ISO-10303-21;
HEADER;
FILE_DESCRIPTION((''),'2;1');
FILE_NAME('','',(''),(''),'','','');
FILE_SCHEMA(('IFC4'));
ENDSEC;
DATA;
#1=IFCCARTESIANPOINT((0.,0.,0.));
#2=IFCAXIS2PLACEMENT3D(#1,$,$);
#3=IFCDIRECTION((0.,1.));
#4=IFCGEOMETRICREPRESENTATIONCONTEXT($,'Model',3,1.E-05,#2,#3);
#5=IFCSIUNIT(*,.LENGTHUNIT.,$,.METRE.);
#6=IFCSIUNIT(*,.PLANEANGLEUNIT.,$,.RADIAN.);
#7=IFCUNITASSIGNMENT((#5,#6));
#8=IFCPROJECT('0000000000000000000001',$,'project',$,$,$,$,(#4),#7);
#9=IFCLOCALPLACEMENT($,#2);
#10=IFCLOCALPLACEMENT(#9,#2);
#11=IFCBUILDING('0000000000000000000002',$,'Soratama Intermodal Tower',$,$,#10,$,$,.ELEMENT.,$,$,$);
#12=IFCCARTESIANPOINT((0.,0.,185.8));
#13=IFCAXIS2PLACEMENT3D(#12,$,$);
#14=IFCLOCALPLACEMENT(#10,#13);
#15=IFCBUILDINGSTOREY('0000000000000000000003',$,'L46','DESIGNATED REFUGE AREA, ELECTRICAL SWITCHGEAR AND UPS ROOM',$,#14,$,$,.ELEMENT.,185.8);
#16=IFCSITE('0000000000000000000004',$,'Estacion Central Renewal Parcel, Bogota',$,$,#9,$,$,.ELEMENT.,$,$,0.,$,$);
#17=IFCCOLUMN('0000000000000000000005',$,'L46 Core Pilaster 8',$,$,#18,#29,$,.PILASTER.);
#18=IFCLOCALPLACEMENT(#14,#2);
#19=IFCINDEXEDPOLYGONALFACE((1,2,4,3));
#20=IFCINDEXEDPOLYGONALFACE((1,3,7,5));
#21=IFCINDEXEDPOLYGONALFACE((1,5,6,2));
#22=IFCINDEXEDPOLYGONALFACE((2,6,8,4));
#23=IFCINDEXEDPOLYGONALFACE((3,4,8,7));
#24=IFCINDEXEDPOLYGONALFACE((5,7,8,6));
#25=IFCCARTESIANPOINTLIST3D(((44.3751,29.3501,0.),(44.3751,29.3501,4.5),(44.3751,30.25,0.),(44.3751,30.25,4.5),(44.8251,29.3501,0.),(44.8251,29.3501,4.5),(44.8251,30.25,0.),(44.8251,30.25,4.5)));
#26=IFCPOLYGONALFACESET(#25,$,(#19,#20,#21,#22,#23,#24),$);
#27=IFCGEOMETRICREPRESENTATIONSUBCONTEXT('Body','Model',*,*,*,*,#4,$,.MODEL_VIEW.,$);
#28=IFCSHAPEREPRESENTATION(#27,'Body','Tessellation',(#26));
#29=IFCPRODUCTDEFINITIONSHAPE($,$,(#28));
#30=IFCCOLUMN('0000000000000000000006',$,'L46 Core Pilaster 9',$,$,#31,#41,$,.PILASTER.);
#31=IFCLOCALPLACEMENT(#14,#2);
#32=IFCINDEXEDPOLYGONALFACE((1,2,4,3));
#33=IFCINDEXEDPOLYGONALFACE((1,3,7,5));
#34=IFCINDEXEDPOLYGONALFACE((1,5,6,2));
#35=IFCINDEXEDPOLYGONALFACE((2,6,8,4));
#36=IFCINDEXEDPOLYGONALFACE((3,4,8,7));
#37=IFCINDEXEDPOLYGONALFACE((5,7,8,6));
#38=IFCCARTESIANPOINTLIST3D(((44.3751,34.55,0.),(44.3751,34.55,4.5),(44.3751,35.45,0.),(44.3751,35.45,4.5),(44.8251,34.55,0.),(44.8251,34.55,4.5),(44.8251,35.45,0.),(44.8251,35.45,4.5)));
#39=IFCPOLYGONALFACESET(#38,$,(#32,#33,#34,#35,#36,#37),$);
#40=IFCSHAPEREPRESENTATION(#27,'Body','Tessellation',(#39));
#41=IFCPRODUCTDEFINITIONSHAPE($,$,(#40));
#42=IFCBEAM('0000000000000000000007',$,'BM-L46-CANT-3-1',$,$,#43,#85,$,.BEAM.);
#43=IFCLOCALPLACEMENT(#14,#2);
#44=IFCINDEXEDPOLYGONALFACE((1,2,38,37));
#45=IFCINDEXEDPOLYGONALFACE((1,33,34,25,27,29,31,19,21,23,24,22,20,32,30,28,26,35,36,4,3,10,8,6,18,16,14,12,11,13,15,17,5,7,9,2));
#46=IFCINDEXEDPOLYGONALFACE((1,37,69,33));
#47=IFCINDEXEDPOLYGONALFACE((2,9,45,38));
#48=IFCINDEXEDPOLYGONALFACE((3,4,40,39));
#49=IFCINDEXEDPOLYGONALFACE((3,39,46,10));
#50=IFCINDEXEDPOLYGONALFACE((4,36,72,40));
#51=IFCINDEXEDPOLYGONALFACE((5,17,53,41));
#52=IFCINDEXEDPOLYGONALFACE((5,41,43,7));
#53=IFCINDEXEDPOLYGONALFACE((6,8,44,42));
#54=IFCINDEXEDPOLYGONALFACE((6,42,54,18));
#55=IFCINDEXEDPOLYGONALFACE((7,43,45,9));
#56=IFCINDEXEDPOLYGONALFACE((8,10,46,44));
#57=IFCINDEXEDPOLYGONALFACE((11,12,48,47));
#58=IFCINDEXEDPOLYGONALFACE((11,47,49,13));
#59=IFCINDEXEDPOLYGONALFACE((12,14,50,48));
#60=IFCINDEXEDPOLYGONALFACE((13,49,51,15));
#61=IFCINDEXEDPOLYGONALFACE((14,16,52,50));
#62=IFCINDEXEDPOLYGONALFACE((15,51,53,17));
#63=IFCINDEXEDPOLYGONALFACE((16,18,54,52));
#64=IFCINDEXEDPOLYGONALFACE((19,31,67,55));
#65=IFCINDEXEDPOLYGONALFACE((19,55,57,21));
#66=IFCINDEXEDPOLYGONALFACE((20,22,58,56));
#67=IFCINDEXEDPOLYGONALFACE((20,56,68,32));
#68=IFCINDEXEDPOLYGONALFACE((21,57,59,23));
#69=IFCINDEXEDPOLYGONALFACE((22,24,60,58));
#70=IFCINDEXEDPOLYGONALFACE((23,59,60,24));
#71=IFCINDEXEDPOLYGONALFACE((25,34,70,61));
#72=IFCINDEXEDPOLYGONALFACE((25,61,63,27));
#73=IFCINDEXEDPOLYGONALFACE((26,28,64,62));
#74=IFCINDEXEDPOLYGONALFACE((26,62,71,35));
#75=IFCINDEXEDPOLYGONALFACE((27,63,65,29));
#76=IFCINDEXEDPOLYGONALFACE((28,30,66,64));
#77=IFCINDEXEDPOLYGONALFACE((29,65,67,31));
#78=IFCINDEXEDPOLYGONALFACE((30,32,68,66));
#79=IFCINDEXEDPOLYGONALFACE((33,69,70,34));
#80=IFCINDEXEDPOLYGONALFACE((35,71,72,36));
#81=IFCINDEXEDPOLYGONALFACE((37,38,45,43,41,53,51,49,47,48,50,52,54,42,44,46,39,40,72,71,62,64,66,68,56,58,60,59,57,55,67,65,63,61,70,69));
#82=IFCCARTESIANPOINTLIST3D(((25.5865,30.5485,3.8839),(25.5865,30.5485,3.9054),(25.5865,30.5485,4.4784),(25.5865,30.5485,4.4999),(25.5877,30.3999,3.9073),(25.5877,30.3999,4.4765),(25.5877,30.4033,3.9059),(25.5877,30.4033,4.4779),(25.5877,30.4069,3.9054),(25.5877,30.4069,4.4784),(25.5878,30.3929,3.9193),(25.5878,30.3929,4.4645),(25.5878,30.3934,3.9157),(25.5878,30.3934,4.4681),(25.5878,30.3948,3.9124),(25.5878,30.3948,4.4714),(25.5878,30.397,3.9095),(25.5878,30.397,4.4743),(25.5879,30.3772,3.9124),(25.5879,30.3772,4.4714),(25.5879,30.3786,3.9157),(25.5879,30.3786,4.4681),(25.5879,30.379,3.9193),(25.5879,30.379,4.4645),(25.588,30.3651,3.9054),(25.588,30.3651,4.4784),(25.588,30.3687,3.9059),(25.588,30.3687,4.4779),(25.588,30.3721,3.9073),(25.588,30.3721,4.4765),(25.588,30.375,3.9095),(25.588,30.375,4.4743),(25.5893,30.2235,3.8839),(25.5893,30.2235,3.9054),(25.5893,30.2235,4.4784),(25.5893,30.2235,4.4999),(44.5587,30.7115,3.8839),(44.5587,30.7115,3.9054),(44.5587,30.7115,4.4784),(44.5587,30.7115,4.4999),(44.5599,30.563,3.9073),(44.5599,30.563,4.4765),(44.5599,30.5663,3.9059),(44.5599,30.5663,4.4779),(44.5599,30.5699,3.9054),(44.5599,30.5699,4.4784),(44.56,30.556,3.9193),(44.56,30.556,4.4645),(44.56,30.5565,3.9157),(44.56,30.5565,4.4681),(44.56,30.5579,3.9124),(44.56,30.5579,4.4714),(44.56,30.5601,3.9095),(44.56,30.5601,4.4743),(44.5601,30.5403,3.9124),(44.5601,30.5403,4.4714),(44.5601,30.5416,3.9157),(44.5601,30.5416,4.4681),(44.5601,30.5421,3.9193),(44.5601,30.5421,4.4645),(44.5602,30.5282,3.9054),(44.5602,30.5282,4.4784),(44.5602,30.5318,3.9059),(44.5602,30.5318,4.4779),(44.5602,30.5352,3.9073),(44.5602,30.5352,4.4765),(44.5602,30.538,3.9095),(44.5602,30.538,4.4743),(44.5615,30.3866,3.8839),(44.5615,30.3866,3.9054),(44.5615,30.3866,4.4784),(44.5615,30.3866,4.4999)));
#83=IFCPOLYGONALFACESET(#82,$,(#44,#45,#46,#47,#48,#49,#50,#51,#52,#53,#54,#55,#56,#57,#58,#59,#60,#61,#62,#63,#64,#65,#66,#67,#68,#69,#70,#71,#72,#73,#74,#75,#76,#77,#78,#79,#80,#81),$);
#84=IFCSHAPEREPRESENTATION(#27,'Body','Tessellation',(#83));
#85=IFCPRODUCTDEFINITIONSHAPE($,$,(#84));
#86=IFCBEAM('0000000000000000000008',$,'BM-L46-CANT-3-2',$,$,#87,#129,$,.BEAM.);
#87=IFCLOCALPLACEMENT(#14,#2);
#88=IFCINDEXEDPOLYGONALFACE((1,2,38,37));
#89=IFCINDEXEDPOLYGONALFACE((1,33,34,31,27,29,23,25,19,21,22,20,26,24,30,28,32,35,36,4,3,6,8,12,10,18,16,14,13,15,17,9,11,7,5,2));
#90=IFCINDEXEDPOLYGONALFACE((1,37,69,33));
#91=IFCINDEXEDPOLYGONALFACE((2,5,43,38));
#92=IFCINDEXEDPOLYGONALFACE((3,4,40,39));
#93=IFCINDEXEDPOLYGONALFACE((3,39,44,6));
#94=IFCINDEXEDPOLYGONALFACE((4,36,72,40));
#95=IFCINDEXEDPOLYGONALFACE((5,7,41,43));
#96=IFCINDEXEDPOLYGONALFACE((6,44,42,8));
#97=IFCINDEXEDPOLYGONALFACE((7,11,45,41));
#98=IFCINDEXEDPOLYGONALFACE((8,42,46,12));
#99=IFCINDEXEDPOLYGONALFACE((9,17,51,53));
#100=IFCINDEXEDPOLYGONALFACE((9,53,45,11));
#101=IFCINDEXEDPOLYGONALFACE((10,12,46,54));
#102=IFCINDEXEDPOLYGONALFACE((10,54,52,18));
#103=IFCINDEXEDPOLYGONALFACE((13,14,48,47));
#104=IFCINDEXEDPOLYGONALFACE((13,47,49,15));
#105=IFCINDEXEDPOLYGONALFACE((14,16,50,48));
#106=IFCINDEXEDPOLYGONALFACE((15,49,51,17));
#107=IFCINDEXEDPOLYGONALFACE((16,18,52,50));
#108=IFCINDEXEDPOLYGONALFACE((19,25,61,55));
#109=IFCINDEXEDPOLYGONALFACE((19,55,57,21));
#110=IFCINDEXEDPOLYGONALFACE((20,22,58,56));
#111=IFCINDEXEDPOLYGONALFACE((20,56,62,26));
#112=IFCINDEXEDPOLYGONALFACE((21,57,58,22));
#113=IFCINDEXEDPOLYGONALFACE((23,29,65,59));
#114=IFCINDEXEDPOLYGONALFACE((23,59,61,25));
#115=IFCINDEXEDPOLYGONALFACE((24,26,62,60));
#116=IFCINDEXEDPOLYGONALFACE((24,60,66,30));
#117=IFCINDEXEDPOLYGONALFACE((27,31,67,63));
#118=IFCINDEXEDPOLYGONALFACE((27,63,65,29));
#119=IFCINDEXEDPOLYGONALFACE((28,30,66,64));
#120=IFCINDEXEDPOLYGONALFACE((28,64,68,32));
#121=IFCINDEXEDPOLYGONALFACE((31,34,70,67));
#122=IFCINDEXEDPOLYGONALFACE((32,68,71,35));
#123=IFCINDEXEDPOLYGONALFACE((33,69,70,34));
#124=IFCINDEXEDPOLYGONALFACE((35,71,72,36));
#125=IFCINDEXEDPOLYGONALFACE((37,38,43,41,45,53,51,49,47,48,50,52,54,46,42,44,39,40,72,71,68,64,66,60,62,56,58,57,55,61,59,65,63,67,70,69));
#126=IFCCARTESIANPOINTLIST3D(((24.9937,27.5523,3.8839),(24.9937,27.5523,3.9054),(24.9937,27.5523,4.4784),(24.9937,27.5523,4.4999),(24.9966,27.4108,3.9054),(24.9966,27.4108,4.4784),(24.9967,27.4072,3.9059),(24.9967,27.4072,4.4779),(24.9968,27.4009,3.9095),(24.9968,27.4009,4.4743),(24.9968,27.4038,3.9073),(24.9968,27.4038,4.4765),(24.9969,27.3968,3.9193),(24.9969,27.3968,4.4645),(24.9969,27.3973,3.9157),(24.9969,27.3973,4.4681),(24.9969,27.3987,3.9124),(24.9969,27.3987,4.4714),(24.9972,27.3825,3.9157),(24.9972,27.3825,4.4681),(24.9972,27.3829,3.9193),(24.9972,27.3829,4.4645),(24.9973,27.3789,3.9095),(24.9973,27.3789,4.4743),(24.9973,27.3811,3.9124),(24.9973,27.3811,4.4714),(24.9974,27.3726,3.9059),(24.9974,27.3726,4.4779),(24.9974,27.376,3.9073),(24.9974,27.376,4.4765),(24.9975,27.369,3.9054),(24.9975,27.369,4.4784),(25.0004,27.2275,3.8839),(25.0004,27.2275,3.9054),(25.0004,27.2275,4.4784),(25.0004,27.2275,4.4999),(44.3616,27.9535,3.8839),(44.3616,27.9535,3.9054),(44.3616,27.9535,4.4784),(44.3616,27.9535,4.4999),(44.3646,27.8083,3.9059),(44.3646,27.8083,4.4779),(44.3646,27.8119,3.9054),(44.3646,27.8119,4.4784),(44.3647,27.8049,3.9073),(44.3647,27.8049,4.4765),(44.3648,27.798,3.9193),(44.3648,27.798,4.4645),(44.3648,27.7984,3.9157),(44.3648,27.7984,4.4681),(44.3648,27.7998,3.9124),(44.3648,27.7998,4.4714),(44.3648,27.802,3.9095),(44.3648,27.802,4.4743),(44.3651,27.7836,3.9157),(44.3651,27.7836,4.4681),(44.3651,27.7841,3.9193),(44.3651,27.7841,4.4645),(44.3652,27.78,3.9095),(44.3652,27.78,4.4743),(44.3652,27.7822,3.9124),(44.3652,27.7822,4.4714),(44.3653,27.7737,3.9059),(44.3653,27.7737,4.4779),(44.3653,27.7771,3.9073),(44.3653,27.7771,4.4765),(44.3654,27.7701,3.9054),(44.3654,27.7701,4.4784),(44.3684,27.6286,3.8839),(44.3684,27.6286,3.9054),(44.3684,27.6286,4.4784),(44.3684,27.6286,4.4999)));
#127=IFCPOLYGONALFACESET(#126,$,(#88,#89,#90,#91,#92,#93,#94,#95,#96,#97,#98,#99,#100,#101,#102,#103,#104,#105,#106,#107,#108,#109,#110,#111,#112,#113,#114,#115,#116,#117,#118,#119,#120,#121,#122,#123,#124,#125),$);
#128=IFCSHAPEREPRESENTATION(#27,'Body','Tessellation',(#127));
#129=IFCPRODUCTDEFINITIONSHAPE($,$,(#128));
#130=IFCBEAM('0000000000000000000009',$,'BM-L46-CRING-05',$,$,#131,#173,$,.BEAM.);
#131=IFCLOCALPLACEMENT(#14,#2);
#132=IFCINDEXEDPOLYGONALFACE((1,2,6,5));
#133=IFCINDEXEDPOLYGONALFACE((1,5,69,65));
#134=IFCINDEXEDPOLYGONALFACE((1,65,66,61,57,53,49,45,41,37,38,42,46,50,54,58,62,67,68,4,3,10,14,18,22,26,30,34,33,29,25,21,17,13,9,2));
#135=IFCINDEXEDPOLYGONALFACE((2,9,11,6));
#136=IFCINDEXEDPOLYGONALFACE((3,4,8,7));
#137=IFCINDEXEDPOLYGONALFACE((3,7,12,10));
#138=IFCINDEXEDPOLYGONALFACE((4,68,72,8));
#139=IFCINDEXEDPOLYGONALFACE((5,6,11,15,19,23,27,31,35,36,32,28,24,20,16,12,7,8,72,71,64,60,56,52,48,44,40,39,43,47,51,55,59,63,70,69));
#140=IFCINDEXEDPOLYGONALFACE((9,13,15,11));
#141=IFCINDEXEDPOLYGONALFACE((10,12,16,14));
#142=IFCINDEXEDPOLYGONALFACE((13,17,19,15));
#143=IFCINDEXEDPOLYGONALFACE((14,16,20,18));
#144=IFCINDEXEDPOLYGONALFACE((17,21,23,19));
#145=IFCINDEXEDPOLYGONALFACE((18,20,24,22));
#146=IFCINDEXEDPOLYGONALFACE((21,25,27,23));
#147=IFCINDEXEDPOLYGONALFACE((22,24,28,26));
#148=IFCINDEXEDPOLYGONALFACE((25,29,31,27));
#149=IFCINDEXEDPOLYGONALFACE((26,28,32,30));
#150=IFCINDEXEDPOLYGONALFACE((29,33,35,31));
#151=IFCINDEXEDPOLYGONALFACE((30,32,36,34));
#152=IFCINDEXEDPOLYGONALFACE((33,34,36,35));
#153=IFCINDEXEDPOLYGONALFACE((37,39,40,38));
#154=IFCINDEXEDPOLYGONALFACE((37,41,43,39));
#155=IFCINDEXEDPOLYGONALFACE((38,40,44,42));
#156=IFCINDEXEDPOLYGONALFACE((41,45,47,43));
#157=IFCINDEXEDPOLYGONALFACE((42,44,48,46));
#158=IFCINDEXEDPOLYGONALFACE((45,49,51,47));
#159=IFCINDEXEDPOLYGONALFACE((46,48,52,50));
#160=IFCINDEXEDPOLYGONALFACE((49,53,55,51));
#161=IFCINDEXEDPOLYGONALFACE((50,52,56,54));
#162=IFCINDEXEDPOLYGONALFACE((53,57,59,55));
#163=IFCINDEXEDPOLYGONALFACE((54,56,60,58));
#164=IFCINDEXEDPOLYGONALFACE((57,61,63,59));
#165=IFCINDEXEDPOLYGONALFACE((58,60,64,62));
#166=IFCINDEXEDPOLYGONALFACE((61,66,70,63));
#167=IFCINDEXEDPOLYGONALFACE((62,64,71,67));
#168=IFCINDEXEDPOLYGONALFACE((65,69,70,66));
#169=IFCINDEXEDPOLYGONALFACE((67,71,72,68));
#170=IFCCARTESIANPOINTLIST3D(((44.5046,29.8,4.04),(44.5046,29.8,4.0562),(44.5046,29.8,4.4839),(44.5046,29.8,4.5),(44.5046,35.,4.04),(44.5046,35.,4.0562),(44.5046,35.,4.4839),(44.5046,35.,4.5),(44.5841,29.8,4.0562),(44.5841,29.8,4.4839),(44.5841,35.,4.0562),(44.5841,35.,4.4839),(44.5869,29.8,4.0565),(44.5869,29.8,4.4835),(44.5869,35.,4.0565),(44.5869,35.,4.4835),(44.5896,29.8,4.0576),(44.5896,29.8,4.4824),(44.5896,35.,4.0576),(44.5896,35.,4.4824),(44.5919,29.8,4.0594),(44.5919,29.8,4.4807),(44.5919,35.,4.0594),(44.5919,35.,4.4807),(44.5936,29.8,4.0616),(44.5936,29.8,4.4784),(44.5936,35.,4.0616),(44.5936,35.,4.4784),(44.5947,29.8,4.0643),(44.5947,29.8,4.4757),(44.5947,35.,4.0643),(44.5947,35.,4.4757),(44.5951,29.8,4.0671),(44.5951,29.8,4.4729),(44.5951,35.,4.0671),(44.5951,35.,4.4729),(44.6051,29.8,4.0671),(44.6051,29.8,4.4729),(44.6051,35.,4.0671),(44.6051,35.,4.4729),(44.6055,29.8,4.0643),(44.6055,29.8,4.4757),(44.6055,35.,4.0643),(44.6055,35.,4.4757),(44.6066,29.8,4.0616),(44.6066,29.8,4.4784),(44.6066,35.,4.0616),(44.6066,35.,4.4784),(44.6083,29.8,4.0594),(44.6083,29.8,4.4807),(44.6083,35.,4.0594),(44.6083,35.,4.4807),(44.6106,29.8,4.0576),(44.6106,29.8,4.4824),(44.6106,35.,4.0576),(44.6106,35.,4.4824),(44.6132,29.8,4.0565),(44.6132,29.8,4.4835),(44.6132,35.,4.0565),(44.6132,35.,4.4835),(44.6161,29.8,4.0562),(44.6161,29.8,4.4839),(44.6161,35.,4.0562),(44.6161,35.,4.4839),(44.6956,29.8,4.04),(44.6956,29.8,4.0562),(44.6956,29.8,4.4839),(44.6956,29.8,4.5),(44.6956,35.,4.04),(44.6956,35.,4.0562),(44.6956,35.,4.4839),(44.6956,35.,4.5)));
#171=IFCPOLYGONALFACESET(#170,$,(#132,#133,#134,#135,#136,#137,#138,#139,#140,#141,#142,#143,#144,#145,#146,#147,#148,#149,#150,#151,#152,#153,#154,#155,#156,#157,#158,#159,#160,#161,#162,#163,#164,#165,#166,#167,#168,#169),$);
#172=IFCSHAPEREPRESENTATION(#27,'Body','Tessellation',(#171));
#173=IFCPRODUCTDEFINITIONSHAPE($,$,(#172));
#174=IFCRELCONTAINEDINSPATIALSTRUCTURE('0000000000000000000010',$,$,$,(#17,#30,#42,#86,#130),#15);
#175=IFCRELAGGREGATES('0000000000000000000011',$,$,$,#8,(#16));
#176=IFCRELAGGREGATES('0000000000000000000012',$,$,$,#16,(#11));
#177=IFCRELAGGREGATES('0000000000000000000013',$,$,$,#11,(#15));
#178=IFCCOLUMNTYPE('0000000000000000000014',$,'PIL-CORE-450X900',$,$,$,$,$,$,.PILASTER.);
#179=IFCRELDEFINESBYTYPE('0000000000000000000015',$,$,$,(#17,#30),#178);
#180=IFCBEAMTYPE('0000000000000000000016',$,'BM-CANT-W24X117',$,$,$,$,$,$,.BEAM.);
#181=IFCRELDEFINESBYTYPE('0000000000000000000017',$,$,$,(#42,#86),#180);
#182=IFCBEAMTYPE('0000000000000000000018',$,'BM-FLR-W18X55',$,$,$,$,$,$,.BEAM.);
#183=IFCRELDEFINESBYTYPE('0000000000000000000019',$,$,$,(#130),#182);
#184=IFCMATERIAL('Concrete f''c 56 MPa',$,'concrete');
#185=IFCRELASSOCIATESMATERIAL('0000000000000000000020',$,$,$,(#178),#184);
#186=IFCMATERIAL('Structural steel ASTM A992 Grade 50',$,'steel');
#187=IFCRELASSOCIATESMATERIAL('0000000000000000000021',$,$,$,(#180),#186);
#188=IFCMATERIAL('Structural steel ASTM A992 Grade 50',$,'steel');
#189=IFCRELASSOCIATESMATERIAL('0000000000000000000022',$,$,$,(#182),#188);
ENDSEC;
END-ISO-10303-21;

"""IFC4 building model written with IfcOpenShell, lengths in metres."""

from ifc_helpers import new_model, si_unit, direction, frame, origin, origin_2d, place, context, subcontext, project, spatial, rectangle, i_section, extrude, material, material_profile, profile_set, type_object, element, save


model = new_model("IFC4")

# Units and contexts
model_context = context("Model", 3, precision=1e-05, world=origin(), true_north=direction((0.0, 1.0)))
body_context = subcontext(model_context, "Body", "Model", "MODEL_VIEW")
ifc_project = project(units=[si_unit("LENGTHUNIT", "METRE"), si_unit("PLANEANGLEUNIT", "RADIAN")], contexts=[model_context])

# Site, building, storey
site_placement = place(None, origin())
site = spatial("IfcSite", under=ifc_project, at=site_placement, Name="Estacion Central Renewal Parcel, Bogota", CompositionType="ELEMENT", RefElevation=0.0)
building_placement = place(site_placement, origin())
building = spatial("IfcBuilding", under=site, at=building_placement, Name="Soratama Intermodal Tower", CompositionType="ELEMENT")
storey_placement = place(building_placement, frame((0.0, 0.0, 185.8)))
storey = spatial("IfcBuildingStorey", under=building, at=storey_placement, Name="L46", Description="DESIGNATED REFUGE AREA, ELECTRICAL SWITCHGEAR AND UPS ROOM", CompositionType="ELEMENT", Elevation=185.8)

# Columns
ifc_material_1 = material(Name="Concrete f'c 56 MPa", Category="concrete")
ifc_material_profile_1 = material_profile(ifc_material_1, rectangle(XDim=0.45, YDim=0.8999, at=origin_2d()), Name="RC450X900")
ifc_profile_set_1 = profile_set([ifc_material_profile_1], Name="Concrete f'c 56 MPa")
column_type = type_object("IfcColumnType", Name="PIL-CORE-450X900", PredefinedType="PILASTER", material=ifc_profile_set_1)
for number, where, z_axis, x_axis, name in (
    (1, (44.6001, 29.8, 0.0), (0.0, 0.0, 1.0), (1.0, 0.0, 0.0), "L46 Core Pilaster 8"),
    (2, (44.6001, 35.0, 0.0), (0.0, 0.0, 1.0), (1.0, 0.0, 0.0), "L46 Core Pilaster 9"),
):
    element("IfcColumn", number, at=place(storey_placement, frame(where, z_axis=z_axis, x_axis=x_axis)), inside=storey, type_object=column_type, Name=name, PredefinedType="PILASTER", context=body_context, shape_type="SweptSolid", body=[
        extrude(rectangle(XDim=0.45, YDim=0.8999, at=origin_2d()), origin(), (0.0, 0.0, 1.0), 4.5),
    ])

# Beams
ifc_material_2 = material(Name="Structural steel ASTM A992 Grade 50", Category="steel")
ifc_material_profile_2 = material_profile(ifc_material_2, i_section(OverallWidth=0.325, OverallDepth=0.616, WebThickness=0.0139, FlangeThickness=0.0215, FilletRadius=0.0139, at=origin_2d()), Name="W24X117")
ifc_profile_set_2 = profile_set([ifc_material_profile_2], Name="Structural steel ASTM A992 Grade 50")
beam_type_1 = type_object("IfcBeamType", Name="BM-CANT-W24X117", PredefinedType="BEAM", material=ifc_profile_set_2)
beam_1_placement = place(storey_placement, frame((44.5601, 30.5491, 4.1919), z_axis=(-0.999963, -0.008596, 0.0), x_axis=(0.008596, -0.999963, 0.0)))
element("IfcBeam", 3, at=beam_1_placement, inside=storey, type_object=beam_type_1, Name="BM-L46-CANT-3-1", PredefinedType="BEAM", context=body_context, shape_type="SweptSolid", body=[
    extrude(i_section(OverallWidth=0.325, OverallDepth=0.616, WebThickness=0.0139, FlangeThickness=0.0215, FilletRadius=0.0139, at=origin_2d()), origin(), (0.0, 0.0, 1.0), 18.9729),
])
beam_2_placement = place(storey_placement, frame((44.365, 27.791, 4.1919), z_axis=(-0.999786, -0.020706, 0.0), x_axis=(0.020706, -0.999786, 0.0)))
element("IfcBeam", 4, at=beam_2_placement, inside=storey, type_object=beam_type_1, Name="BM-L46-CANT-3-2", PredefinedType="BEAM", context=body_context, shape_type="SweptSolid", body=[
    extrude(i_section(OverallWidth=0.325, OverallDepth=0.616, WebThickness=0.0139, FlangeThickness=0.0215, FilletRadius=0.0139, at=origin_2d()), origin(), (0.0, 0.0, 1.0), 19.3721),
])
ifc_material_3 = material(Name="Structural steel ASTM A992 Grade 50", Category="steel")
ifc_material_profile_3 = material_profile(ifc_material_3, i_section(OverallWidth=0.1909, OverallDepth=0.46, WebThickness=0.01, FlangeThickness=0.0161, FilletRadius=0.011, at=origin_2d()), Name="W18X55")
ifc_profile_set_3 = profile_set([ifc_material_profile_3], Name="Structural steel ASTM A992 Grade 50")
beam_type_2 = type_object("IfcBeamType", Name="BM-FLR-W18X55", PredefinedType="BEAM", material=ifc_profile_set_3)
beam_3_placement = place(storey_placement, frame((44.6001, 29.8, 4.27), z_axis=(0.0, 1.0, 0.0), x_axis=(-1.0, 0.0, 0.0)))
element("IfcBeam", 5, at=beam_3_placement, inside=storey, type_object=beam_type_2, Name="BM-L46-CRING-05", PredefinedType="BEAM", context=body_context, shape_type="SweptSolid", body=[
    extrude(i_section(OverallWidth=0.1909, OverallDepth=0.46, WebThickness=0.01, FlangeThickness=0.0161, FilletRadius=0.011, at=origin_2d()), origin(), (0.0, 0.0, 1.0), 5.2),
])

save(model, "model.ifc")
